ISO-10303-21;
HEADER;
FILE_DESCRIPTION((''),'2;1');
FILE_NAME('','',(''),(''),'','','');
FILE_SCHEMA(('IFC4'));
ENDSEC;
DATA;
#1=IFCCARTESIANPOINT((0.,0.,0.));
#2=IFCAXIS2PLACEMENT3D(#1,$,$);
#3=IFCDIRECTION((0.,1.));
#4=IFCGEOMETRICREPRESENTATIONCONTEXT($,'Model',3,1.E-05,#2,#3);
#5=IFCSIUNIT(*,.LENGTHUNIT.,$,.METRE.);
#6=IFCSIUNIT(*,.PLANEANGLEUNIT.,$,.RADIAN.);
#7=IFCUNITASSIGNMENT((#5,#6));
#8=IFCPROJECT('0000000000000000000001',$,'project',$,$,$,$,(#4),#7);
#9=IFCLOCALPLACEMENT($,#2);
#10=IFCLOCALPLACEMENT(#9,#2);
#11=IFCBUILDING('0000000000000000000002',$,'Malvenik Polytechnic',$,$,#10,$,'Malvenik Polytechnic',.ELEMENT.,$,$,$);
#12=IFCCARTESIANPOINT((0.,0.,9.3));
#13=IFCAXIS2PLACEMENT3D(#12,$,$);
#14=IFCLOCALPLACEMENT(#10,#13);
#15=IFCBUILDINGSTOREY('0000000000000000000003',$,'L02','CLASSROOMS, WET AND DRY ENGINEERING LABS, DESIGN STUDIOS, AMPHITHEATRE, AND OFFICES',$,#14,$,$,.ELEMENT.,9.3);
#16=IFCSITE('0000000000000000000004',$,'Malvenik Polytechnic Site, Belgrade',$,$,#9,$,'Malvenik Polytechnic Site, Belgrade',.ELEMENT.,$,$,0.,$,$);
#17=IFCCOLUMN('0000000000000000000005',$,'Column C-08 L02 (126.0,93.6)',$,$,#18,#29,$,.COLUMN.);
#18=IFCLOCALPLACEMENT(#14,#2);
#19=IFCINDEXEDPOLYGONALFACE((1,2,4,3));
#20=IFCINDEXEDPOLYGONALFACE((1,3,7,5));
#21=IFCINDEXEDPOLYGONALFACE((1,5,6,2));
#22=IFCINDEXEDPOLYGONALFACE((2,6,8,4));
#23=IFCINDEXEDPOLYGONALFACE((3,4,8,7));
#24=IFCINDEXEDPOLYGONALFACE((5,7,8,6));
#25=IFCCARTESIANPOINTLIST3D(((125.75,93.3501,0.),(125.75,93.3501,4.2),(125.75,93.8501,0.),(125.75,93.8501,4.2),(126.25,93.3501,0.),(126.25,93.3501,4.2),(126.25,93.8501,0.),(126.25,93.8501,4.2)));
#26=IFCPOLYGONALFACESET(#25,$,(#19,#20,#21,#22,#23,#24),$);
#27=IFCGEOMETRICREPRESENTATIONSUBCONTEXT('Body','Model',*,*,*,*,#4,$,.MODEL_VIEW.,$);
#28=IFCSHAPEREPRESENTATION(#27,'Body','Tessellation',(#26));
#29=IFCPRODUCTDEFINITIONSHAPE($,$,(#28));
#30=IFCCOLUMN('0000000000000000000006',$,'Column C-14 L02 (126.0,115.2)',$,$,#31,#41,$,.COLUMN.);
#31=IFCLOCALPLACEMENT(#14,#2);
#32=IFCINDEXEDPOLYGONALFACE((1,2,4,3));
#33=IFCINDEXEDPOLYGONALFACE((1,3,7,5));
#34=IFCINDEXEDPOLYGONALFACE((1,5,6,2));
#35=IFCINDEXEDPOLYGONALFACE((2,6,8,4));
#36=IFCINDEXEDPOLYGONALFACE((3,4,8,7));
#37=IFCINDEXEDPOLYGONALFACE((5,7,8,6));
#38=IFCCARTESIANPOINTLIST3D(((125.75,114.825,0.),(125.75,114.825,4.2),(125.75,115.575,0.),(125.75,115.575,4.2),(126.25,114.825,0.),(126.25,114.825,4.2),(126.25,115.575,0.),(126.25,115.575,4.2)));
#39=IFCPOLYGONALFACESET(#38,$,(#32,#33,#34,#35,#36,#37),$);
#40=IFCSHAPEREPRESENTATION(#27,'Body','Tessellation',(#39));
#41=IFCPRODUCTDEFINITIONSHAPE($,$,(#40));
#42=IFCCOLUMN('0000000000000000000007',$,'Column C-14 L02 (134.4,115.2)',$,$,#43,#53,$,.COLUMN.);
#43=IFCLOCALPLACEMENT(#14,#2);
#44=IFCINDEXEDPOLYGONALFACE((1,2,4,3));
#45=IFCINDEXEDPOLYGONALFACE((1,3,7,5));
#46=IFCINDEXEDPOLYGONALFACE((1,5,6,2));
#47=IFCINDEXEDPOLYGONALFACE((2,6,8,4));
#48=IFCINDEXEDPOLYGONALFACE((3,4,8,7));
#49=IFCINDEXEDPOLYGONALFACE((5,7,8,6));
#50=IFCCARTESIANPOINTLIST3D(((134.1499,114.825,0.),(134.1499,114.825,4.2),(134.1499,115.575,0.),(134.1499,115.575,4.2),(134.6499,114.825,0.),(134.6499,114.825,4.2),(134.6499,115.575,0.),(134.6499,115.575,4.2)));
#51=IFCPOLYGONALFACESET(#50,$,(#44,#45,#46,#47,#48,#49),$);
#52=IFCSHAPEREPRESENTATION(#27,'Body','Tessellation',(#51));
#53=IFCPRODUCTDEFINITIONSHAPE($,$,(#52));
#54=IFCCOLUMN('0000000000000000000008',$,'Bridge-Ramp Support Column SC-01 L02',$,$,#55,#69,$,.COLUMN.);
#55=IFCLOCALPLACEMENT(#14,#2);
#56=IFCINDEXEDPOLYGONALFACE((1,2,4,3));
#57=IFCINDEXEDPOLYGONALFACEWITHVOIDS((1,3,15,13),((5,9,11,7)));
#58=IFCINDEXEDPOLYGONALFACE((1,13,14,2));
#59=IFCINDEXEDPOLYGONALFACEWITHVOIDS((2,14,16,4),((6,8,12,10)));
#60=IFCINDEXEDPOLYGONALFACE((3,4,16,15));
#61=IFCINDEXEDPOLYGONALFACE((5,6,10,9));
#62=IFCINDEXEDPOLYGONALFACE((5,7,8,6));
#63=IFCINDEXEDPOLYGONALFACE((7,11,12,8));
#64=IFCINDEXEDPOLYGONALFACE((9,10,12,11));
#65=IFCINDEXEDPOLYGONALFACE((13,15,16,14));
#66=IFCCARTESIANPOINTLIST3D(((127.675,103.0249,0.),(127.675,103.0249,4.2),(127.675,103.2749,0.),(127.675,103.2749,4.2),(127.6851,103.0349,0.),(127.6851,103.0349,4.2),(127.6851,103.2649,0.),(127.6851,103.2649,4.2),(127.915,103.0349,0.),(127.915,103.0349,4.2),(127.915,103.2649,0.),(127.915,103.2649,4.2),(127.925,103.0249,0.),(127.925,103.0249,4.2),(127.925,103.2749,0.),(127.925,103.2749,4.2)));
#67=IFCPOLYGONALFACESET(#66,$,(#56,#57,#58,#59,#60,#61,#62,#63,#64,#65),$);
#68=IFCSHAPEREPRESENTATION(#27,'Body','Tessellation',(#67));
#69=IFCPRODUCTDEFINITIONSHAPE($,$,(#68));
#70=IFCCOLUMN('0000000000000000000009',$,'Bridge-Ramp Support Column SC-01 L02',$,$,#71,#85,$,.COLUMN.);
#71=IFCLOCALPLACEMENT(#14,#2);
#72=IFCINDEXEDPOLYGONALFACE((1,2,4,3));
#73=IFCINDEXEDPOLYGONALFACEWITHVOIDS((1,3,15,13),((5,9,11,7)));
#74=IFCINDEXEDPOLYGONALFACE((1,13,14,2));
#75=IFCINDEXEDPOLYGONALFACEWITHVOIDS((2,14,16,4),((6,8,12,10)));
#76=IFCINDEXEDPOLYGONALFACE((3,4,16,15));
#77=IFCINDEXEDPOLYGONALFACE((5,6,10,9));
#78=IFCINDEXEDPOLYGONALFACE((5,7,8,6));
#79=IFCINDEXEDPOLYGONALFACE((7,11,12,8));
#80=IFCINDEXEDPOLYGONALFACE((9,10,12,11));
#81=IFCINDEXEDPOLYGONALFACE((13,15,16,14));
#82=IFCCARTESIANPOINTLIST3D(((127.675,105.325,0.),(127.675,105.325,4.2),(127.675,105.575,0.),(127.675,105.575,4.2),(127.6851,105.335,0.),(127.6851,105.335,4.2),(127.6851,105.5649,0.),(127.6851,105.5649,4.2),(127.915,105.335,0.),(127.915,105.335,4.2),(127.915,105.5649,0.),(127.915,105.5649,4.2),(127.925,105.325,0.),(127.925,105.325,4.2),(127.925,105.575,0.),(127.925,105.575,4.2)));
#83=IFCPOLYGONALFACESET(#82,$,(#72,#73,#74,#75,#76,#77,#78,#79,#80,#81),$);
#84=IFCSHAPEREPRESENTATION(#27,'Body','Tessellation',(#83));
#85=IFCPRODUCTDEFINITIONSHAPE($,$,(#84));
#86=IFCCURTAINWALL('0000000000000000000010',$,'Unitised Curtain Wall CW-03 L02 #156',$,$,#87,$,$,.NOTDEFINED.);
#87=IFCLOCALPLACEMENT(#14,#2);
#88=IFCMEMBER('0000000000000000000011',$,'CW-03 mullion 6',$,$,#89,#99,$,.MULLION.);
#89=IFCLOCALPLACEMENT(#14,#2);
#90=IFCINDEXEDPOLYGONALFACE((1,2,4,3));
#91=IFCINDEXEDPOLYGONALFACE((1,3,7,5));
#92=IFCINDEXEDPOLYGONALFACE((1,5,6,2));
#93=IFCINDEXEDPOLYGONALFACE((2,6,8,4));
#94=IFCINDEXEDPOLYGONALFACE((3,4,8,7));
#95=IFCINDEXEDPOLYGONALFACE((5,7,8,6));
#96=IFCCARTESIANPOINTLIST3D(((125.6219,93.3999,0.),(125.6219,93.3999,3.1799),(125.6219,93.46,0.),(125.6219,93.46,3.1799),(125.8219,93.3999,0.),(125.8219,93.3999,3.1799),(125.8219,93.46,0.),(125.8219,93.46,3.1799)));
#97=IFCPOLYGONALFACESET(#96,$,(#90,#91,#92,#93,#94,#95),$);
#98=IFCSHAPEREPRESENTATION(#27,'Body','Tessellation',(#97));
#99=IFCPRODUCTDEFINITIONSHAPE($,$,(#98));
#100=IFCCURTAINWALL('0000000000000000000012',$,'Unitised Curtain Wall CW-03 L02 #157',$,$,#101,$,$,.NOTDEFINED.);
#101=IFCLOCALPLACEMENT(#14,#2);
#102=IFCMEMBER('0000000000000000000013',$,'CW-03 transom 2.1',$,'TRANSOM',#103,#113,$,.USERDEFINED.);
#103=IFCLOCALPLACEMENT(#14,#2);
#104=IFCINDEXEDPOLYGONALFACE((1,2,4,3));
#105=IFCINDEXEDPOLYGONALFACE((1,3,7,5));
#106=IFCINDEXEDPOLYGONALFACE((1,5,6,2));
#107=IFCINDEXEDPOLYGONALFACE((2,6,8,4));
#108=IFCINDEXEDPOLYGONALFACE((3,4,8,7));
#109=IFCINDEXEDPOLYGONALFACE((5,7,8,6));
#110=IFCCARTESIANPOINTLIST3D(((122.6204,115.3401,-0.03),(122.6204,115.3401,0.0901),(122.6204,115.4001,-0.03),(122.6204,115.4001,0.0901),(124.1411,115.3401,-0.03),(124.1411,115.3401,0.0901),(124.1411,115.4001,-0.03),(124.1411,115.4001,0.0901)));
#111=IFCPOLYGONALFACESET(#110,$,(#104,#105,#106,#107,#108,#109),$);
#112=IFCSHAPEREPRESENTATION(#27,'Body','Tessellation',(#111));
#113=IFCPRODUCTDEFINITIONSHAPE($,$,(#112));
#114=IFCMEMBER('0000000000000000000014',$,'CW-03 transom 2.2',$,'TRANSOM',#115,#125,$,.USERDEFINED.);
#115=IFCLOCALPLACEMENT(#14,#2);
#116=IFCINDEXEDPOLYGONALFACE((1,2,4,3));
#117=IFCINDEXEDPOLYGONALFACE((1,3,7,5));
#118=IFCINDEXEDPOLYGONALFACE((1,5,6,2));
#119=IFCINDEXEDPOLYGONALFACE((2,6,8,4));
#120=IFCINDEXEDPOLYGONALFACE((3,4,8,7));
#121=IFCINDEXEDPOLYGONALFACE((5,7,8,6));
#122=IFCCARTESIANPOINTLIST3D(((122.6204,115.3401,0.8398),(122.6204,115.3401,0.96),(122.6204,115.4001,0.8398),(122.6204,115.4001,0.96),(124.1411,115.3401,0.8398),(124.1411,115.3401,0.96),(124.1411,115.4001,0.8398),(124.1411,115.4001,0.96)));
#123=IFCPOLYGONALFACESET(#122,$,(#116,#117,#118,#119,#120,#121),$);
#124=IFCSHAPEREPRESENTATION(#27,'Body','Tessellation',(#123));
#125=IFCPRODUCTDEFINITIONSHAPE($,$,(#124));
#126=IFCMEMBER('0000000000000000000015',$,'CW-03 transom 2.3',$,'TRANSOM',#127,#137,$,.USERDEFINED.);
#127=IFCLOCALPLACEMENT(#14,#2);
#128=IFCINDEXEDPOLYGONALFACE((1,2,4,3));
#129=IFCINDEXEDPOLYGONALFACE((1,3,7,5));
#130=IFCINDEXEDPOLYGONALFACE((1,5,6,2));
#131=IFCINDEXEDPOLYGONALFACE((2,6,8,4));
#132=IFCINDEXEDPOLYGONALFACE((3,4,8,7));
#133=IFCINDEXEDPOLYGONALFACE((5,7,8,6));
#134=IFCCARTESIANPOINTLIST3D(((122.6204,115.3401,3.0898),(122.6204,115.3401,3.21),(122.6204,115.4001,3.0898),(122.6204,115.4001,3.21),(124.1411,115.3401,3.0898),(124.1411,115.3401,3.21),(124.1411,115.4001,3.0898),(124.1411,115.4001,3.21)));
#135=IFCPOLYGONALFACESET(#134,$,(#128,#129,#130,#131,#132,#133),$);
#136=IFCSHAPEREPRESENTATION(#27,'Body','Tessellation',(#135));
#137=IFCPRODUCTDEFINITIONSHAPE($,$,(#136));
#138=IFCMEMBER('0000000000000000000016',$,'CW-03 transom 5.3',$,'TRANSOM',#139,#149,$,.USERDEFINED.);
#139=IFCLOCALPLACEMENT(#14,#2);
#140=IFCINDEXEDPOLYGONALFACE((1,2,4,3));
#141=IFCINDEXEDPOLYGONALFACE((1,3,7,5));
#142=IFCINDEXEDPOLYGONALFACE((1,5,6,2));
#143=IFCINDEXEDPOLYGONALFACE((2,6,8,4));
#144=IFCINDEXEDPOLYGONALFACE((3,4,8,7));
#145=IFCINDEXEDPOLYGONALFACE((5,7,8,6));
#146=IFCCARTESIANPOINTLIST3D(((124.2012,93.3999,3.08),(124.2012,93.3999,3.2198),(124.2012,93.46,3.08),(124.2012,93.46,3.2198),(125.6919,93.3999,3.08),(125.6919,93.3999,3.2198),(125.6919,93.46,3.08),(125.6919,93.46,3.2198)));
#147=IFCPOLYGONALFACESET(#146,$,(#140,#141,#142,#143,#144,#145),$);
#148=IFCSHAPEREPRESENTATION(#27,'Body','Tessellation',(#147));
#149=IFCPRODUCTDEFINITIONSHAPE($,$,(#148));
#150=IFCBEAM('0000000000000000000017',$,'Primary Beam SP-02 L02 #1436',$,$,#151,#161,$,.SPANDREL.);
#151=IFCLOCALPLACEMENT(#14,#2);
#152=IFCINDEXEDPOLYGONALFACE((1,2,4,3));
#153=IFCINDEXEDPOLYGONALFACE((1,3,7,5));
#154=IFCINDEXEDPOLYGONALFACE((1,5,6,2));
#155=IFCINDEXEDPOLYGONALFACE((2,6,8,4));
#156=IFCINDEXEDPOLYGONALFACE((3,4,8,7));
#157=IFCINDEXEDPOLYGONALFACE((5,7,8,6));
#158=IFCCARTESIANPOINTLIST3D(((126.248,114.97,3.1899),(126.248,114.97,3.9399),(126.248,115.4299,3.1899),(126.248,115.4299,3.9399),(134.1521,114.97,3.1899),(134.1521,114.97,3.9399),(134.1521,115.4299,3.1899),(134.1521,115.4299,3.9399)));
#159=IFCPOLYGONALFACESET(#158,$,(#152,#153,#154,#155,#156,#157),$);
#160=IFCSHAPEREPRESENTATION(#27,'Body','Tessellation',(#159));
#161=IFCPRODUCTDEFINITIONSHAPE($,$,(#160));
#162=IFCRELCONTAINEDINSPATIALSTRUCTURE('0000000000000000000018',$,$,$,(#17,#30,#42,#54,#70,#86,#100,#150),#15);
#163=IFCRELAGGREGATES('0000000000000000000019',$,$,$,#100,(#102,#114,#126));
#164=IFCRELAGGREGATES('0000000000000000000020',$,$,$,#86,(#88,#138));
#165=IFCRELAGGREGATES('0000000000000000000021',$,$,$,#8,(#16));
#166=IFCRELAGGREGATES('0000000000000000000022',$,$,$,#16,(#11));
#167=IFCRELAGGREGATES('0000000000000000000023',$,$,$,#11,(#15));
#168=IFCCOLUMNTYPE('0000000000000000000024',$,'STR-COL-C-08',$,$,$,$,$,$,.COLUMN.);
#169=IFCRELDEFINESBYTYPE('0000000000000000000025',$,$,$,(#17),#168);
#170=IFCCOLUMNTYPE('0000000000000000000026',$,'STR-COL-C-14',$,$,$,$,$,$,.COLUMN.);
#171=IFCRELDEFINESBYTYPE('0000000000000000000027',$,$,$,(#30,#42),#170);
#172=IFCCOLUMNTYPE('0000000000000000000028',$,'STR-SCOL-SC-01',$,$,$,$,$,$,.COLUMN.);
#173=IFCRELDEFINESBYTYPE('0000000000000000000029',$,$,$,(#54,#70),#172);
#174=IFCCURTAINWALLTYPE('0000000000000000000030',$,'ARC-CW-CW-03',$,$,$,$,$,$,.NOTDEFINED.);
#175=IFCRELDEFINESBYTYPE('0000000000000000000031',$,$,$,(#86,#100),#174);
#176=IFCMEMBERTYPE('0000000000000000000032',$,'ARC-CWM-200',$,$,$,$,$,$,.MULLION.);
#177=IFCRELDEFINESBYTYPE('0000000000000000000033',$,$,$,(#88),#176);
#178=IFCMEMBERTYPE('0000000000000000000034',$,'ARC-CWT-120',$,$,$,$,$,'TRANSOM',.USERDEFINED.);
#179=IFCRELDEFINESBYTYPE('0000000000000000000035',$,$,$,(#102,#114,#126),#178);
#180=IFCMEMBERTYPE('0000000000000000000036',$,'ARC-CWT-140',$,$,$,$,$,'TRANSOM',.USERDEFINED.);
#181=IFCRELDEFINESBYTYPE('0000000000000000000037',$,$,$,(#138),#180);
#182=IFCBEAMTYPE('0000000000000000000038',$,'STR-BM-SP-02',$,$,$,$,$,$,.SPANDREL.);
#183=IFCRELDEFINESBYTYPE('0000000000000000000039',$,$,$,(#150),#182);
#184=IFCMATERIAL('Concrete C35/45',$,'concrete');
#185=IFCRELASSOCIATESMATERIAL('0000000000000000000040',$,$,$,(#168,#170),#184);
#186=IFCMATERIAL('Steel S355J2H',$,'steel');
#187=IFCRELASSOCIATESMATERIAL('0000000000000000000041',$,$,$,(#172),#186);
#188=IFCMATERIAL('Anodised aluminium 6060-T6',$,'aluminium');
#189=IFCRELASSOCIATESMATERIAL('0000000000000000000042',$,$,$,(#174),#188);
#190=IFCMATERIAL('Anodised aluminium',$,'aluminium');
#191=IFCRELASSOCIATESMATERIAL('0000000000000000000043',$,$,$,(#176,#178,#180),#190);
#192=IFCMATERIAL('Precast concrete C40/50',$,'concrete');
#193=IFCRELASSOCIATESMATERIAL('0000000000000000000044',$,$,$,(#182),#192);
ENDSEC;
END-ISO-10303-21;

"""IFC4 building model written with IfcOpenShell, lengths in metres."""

from ifc_helpers import new_model, si_unit, direction, frame, origin, origin_2d, place, context, subcontext, project, spatial, rectangle, hollow_rectangle, extrude, material, material_profile, profile_set, type_object, element, aggregate, save


model = new_model("IFC4")

# Units and contexts
model_context = context("Model", 3, precision=1e-05, world=origin(), true_north=direction((0.0, 1.0)))
body_context = subcontext(model_context, "Body", "Model", "MODEL_VIEW")
ifc_project = project(units=[si_unit("LENGTHUNIT", "METRE"), si_unit("PLANEANGLEUNIT", "RADIAN")], contexts=[model_context])

# Site, building, storey
site_placement = place(None, origin())
site = spatial("IfcSite", under=ifc_project, at=site_placement, Name="Malvenik Polytechnic Site, Belgrade", LongName="Malvenik Polytechnic Site, Belgrade", CompositionType="ELEMENT", RefElevation=0.0)
building_placement = place(site_placement, origin())
building = spatial("IfcBuilding", under=site, at=building_placement, Name="Malvenik Polytechnic", LongName="Malvenik Polytechnic", CompositionType="ELEMENT")
storey_placement = place(building_placement, frame((0.0, 0.0, 9.3)))
storey = spatial("IfcBuildingStorey", under=building, at=storey_placement, Name="L02", Description="CLASSROOMS, WET AND DRY ENGINEERING LABS, DESIGN STUDIOS, AMPHITHEATRE, AND OFFICES", CompositionType="ELEMENT", Elevation=9.3)

# Columns
ifc_material_1 = material(Name="Concrete C35/45", Category="concrete")
ifc_material_profile_1 = material_profile(ifc_material_1, rectangle(XDim=0.5, YDim=0.5, at=origin_2d()), Name="RC COL 500x500")
ifc_profile_set_1 = profile_set([ifc_material_profile_1], Name="Concrete C35/45")
column_type_1 = type_object("IfcColumnType", Name="STR-COL-C-08", PredefinedType="COLUMN", material=ifc_profile_set_1)
column_placement = place(storey_placement, frame((126.0, 93.6001, 0.0), z_axis=(0.0, 0.0, 1.0), x_axis=(1.0, 0.0, 0.0)))
element("IfcColumn", 1, at=column_placement, inside=storey, type_object=column_type_1, Name="Column C-08 L02 (126.0,93.6)", PredefinedType="COLUMN", context=body_context, shape_type="SweptSolid", body=[
    extrude(rectangle(XDim=0.5, YDim=0.5, at=origin_2d()), origin(), (0.0, 0.0, 1.0), 4.2),
])
ifc_material_profile_2 = material_profile(ifc_material_1, rectangle(XDim=0.5, YDim=0.75, at=origin_2d()), Name="RC COL 750x500")
ifc_profile_set_2 = profile_set([ifc_material_profile_2], Name="Concrete C35/45")
column_type_2 = type_object("IfcColumnType", Name="STR-COL-C-14", PredefinedType="COLUMN", material=ifc_profile_set_2)
for number, where, z_axis, x_axis, name in (
    (2, (126.0, 115.2, 0.0), (0.0, 0.0, 1.0), (1.0, 0.0, 0.0), "Column C-14 L02 (126.0,115.2)"),
    (3, (134.3999, 115.2, 0.0), (0.0, 0.0, 1.0), (1.0, 0.0, 0.0), "Column C-14 L02 (134.4,115.2)"),
):
    element("IfcColumn", number, at=place(storey_placement, frame(where, z_axis=z_axis, x_axis=x_axis)), inside=storey, type_object=column_type_2, Name=name, PredefinedType="COLUMN", context=body_context, shape_type="SweptSolid", body=[
        extrude(rectangle(XDim=0.5, YDim=0.75, at=origin_2d()), origin(), (0.0, 0.0, 1.0), 4.2),
    ])
ifc_material_2 = material(Name="Steel S355J2H", Category="steel")
ifc_material_profile_3 = material_profile(ifc_material_2, hollow_rectangle(XDim=0.25, YDim=0.25, WallThickness=0.01, at=origin_2d()), Name="SHS 250x250x10.0")
ifc_profile_set_3 = profile_set([ifc_material_profile_3], Name="Steel S355J2H")
column_type_3 = type_object("IfcColumnType", Name="STR-SCOL-SC-01", PredefinedType="COLUMN", material=ifc_profile_set_3)
for number, where, z_axis, x_axis, name in (
    (4, (127.8, 103.1499, 0.0), (0.0, 0.0, 1.0), (1.0, 0.0, 0.0), "Bridge-Ramp Support Column SC-01 L02"),
    (5, (127.8, 105.45, 0.0), (0.0, 0.0, 1.0), (1.0, 0.0, 0.0), "Bridge-Ramp Support Column SC-01 L02"),
):
    element("IfcColumn", number, at=place(storey_placement, frame(where, z_axis=z_axis, x_axis=x_axis)), inside=storey, type_object=column_type_3, Name=name, PredefinedType="COLUMN", context=body_context, shape_type="SweptSolid", body=[
        extrude(hollow_rectangle(XDim=0.25, YDim=0.25, WallThickness=0.01, at=origin_2d()), origin(), (0.0, 0.0, 1.0), 4.2),
    ])

# Curtain wall, member
ifc_material_3 = material(Name="Anodised aluminium 6060-T6", Category="aluminium")
curtain_wall_type = type_object("IfcCurtainWallType", Name="ARC-CW-CW-03", PredefinedType="NOTDEFINED", material=ifc_material_3)
curtain_wall_1_placement = place(storey_placement, origin())
curtain_wall_1 = element("IfcCurtainWall", 6, at=curtain_wall_1_placement, inside=storey, type_object=curtain_wall_type, Name="Unitised Curtain Wall CW-03 L02 #156", PredefinedType="NOTDEFINED")
ifc_material_4 = material(Name="Anodised aluminium", Category="aluminium")
ifc_material_profile_4 = material_profile(ifc_material_4, rectangle(XDim=0.0601, YDim=0.2, at=origin_2d()), Name="ALU MULLION 60x200")
ifc_profile_set_4 = profile_set([ifc_material_profile_4], Name="Anodised aluminium")
member_type_1 = type_object("IfcMemberType", Name="ARC-CWM-200", PredefinedType="MULLION", material=ifc_profile_set_4)
member_1_placement = place(storey_placement, frame((125.7219, 93.4299, 0.0), z_axis=(0.0, 0.0, 1.0), x_axis=(0.0, 1.0, 0.0)))
member_1 = element("IfcMember", 7, at=member_1_placement, type_object=member_type_1, Name="CW-03 mullion 6", PredefinedType="MULLION", context=body_context, shape_type="SweptSolid", body=[
    extrude(rectangle(XDim=0.0601, YDim=0.2, at=origin_2d()), origin(), (0.0, 0.0, 1.0), 3.1799),
])

# Curtain wall, members
curtain_wall_2_placement = place(storey_placement, origin())
curtain_wall_2 = element("IfcCurtainWall", 8, at=curtain_wall_2_placement, inside=storey, type_object=curtain_wall_type, Name="Unitised Curtain Wall CW-03 L02 #157", PredefinedType="NOTDEFINED")
ifc_material_profile_5 = material_profile(ifc_material_4, rectangle(XDim=0.0601, YDim=0.1201, at=origin_2d()), Name="ALU TRANSOM 60x120")
ifc_profile_set_5 = profile_set([ifc_material_profile_5], Name="Anodised aluminium")
member_type_2 = type_object("IfcMemberType", Name="ARC-CWT-120", ElementType="TRANSOM", PredefinedType="USERDEFINED", material=ifc_profile_set_5)
member_2_placement = place(storey_placement, frame((124.1411, 115.3701, 0.03), z_axis=(-1.0, 0.0, 0.0), x_axis=(0.0, -1.0, 0.0)))
member_2 = element("IfcMember", 9, at=member_2_placement, type_object=member_type_2, Name="CW-03 transom 2.1", ObjectType="TRANSOM", PredefinedType="USERDEFINED", context=body_context, shape_type="SweptSolid", body=[
    extrude(rectangle(XDim=0.0601, YDim=0.1201, at=origin_2d()), origin(), (0.0, 0.0, 1.0), 1.5208),
])
member_3_placement = place(storey_placement, frame((124.1411, 115.3701, 0.8999), z_axis=(-1.0, 0.0, 0.0), x_axis=(0.0, -1.0, 0.0)))
member_3 = element("IfcMember", 10, at=member_3_placement, type_object=member_type_2, Name="CW-03 transom 2.2", ObjectType="TRANSOM", PredefinedType="USERDEFINED", context=body_context, shape_type="SweptSolid", body=[
    extrude(rectangle(XDim=0.0601, YDim=0.1201, at=origin_2d()), origin(), (0.0, 0.0, 1.0), 1.5208),
])
member_4_placement = place(storey_placement, frame((124.1411, 115.3701, 3.1499), z_axis=(-1.0, 0.0, 0.0), x_axis=(0.0, -1.0, 0.0)))
member_4 = element("IfcMember", 11, at=member_4_placement, type_object=member_type_2, Name="CW-03 transom 2.3", ObjectType="TRANSOM", PredefinedType="USERDEFINED", context=body_context, shape_type="SweptSolid", body=[
    extrude(rectangle(XDim=0.0601, YDim=0.1201, at=origin_2d()), origin(), (0.0, 0.0, 1.0), 1.5208),
])

# Member
ifc_material_profile_6 = material_profile(ifc_material_4, rectangle(XDim=0.0601, YDim=0.1399, at=origin_2d()), Name="ALU TRANSOM 60x140")
ifc_profile_set_6 = profile_set([ifc_material_profile_6], Name="Anodised aluminium")
member_type_3 = type_object("IfcMemberType", Name="ARC-CWT-140", ElementType="TRANSOM", PredefinedType="USERDEFINED", material=ifc_profile_set_6)
member_5_placement = place(storey_placement, frame((124.2012, 93.4299, 3.1499), z_axis=(1.0, 0.0, 0.0), x_axis=(0.0, 1.0, 0.0)))
member_5 = element("IfcMember", 12, at=member_5_placement, type_object=member_type_3, Name="CW-03 transom 5.3", ObjectType="TRANSOM", PredefinedType="USERDEFINED", context=body_context, shape_type="SweptSolid", body=[
    extrude(rectangle(XDim=0.0601, YDim=0.1399, at=origin_2d()), origin(), (0.0, 0.0, 1.0), 1.4907),
])

# Beam
ifc_material_5 = material(Name="Precast concrete C40/50", Category="concrete")
ifc_material_profile_7 = material_profile(ifc_material_5, rectangle(XDim=0.46, YDim=0.75, at=origin_2d()), Name="PC SPN 460x750")
ifc_profile_set_7 = profile_set([ifc_material_profile_7], Name="Precast concrete C40/50")
beam_type = type_object("IfcBeamType", Name="STR-BM-SP-02", PredefinedType="SPANDREL", material=ifc_profile_set_7)
beam_placement = place(storey_placement, frame((126.248, 115.2, 3.5649), z_axis=(1.0, 0.0, 0.0), x_axis=(0.0, 1.0, 0.0)))
element("IfcBeam", 13, at=beam_placement, inside=storey, type_object=beam_type, Name="Primary Beam SP-02 L02 #1436", PredefinedType="SPANDREL", context=body_context, shape_type="SweptSolid", body=[
    extrude(rectangle(XDim=0.46, YDim=0.75, at=origin_2d()), origin(), (0.0, 0.0, 1.0), 7.9041),
])

aggregate(curtain_wall_2, [member_2, member_3, member_4])
aggregate(curtain_wall_1, [member_1, member_5])

save(model, "model.ifc")
